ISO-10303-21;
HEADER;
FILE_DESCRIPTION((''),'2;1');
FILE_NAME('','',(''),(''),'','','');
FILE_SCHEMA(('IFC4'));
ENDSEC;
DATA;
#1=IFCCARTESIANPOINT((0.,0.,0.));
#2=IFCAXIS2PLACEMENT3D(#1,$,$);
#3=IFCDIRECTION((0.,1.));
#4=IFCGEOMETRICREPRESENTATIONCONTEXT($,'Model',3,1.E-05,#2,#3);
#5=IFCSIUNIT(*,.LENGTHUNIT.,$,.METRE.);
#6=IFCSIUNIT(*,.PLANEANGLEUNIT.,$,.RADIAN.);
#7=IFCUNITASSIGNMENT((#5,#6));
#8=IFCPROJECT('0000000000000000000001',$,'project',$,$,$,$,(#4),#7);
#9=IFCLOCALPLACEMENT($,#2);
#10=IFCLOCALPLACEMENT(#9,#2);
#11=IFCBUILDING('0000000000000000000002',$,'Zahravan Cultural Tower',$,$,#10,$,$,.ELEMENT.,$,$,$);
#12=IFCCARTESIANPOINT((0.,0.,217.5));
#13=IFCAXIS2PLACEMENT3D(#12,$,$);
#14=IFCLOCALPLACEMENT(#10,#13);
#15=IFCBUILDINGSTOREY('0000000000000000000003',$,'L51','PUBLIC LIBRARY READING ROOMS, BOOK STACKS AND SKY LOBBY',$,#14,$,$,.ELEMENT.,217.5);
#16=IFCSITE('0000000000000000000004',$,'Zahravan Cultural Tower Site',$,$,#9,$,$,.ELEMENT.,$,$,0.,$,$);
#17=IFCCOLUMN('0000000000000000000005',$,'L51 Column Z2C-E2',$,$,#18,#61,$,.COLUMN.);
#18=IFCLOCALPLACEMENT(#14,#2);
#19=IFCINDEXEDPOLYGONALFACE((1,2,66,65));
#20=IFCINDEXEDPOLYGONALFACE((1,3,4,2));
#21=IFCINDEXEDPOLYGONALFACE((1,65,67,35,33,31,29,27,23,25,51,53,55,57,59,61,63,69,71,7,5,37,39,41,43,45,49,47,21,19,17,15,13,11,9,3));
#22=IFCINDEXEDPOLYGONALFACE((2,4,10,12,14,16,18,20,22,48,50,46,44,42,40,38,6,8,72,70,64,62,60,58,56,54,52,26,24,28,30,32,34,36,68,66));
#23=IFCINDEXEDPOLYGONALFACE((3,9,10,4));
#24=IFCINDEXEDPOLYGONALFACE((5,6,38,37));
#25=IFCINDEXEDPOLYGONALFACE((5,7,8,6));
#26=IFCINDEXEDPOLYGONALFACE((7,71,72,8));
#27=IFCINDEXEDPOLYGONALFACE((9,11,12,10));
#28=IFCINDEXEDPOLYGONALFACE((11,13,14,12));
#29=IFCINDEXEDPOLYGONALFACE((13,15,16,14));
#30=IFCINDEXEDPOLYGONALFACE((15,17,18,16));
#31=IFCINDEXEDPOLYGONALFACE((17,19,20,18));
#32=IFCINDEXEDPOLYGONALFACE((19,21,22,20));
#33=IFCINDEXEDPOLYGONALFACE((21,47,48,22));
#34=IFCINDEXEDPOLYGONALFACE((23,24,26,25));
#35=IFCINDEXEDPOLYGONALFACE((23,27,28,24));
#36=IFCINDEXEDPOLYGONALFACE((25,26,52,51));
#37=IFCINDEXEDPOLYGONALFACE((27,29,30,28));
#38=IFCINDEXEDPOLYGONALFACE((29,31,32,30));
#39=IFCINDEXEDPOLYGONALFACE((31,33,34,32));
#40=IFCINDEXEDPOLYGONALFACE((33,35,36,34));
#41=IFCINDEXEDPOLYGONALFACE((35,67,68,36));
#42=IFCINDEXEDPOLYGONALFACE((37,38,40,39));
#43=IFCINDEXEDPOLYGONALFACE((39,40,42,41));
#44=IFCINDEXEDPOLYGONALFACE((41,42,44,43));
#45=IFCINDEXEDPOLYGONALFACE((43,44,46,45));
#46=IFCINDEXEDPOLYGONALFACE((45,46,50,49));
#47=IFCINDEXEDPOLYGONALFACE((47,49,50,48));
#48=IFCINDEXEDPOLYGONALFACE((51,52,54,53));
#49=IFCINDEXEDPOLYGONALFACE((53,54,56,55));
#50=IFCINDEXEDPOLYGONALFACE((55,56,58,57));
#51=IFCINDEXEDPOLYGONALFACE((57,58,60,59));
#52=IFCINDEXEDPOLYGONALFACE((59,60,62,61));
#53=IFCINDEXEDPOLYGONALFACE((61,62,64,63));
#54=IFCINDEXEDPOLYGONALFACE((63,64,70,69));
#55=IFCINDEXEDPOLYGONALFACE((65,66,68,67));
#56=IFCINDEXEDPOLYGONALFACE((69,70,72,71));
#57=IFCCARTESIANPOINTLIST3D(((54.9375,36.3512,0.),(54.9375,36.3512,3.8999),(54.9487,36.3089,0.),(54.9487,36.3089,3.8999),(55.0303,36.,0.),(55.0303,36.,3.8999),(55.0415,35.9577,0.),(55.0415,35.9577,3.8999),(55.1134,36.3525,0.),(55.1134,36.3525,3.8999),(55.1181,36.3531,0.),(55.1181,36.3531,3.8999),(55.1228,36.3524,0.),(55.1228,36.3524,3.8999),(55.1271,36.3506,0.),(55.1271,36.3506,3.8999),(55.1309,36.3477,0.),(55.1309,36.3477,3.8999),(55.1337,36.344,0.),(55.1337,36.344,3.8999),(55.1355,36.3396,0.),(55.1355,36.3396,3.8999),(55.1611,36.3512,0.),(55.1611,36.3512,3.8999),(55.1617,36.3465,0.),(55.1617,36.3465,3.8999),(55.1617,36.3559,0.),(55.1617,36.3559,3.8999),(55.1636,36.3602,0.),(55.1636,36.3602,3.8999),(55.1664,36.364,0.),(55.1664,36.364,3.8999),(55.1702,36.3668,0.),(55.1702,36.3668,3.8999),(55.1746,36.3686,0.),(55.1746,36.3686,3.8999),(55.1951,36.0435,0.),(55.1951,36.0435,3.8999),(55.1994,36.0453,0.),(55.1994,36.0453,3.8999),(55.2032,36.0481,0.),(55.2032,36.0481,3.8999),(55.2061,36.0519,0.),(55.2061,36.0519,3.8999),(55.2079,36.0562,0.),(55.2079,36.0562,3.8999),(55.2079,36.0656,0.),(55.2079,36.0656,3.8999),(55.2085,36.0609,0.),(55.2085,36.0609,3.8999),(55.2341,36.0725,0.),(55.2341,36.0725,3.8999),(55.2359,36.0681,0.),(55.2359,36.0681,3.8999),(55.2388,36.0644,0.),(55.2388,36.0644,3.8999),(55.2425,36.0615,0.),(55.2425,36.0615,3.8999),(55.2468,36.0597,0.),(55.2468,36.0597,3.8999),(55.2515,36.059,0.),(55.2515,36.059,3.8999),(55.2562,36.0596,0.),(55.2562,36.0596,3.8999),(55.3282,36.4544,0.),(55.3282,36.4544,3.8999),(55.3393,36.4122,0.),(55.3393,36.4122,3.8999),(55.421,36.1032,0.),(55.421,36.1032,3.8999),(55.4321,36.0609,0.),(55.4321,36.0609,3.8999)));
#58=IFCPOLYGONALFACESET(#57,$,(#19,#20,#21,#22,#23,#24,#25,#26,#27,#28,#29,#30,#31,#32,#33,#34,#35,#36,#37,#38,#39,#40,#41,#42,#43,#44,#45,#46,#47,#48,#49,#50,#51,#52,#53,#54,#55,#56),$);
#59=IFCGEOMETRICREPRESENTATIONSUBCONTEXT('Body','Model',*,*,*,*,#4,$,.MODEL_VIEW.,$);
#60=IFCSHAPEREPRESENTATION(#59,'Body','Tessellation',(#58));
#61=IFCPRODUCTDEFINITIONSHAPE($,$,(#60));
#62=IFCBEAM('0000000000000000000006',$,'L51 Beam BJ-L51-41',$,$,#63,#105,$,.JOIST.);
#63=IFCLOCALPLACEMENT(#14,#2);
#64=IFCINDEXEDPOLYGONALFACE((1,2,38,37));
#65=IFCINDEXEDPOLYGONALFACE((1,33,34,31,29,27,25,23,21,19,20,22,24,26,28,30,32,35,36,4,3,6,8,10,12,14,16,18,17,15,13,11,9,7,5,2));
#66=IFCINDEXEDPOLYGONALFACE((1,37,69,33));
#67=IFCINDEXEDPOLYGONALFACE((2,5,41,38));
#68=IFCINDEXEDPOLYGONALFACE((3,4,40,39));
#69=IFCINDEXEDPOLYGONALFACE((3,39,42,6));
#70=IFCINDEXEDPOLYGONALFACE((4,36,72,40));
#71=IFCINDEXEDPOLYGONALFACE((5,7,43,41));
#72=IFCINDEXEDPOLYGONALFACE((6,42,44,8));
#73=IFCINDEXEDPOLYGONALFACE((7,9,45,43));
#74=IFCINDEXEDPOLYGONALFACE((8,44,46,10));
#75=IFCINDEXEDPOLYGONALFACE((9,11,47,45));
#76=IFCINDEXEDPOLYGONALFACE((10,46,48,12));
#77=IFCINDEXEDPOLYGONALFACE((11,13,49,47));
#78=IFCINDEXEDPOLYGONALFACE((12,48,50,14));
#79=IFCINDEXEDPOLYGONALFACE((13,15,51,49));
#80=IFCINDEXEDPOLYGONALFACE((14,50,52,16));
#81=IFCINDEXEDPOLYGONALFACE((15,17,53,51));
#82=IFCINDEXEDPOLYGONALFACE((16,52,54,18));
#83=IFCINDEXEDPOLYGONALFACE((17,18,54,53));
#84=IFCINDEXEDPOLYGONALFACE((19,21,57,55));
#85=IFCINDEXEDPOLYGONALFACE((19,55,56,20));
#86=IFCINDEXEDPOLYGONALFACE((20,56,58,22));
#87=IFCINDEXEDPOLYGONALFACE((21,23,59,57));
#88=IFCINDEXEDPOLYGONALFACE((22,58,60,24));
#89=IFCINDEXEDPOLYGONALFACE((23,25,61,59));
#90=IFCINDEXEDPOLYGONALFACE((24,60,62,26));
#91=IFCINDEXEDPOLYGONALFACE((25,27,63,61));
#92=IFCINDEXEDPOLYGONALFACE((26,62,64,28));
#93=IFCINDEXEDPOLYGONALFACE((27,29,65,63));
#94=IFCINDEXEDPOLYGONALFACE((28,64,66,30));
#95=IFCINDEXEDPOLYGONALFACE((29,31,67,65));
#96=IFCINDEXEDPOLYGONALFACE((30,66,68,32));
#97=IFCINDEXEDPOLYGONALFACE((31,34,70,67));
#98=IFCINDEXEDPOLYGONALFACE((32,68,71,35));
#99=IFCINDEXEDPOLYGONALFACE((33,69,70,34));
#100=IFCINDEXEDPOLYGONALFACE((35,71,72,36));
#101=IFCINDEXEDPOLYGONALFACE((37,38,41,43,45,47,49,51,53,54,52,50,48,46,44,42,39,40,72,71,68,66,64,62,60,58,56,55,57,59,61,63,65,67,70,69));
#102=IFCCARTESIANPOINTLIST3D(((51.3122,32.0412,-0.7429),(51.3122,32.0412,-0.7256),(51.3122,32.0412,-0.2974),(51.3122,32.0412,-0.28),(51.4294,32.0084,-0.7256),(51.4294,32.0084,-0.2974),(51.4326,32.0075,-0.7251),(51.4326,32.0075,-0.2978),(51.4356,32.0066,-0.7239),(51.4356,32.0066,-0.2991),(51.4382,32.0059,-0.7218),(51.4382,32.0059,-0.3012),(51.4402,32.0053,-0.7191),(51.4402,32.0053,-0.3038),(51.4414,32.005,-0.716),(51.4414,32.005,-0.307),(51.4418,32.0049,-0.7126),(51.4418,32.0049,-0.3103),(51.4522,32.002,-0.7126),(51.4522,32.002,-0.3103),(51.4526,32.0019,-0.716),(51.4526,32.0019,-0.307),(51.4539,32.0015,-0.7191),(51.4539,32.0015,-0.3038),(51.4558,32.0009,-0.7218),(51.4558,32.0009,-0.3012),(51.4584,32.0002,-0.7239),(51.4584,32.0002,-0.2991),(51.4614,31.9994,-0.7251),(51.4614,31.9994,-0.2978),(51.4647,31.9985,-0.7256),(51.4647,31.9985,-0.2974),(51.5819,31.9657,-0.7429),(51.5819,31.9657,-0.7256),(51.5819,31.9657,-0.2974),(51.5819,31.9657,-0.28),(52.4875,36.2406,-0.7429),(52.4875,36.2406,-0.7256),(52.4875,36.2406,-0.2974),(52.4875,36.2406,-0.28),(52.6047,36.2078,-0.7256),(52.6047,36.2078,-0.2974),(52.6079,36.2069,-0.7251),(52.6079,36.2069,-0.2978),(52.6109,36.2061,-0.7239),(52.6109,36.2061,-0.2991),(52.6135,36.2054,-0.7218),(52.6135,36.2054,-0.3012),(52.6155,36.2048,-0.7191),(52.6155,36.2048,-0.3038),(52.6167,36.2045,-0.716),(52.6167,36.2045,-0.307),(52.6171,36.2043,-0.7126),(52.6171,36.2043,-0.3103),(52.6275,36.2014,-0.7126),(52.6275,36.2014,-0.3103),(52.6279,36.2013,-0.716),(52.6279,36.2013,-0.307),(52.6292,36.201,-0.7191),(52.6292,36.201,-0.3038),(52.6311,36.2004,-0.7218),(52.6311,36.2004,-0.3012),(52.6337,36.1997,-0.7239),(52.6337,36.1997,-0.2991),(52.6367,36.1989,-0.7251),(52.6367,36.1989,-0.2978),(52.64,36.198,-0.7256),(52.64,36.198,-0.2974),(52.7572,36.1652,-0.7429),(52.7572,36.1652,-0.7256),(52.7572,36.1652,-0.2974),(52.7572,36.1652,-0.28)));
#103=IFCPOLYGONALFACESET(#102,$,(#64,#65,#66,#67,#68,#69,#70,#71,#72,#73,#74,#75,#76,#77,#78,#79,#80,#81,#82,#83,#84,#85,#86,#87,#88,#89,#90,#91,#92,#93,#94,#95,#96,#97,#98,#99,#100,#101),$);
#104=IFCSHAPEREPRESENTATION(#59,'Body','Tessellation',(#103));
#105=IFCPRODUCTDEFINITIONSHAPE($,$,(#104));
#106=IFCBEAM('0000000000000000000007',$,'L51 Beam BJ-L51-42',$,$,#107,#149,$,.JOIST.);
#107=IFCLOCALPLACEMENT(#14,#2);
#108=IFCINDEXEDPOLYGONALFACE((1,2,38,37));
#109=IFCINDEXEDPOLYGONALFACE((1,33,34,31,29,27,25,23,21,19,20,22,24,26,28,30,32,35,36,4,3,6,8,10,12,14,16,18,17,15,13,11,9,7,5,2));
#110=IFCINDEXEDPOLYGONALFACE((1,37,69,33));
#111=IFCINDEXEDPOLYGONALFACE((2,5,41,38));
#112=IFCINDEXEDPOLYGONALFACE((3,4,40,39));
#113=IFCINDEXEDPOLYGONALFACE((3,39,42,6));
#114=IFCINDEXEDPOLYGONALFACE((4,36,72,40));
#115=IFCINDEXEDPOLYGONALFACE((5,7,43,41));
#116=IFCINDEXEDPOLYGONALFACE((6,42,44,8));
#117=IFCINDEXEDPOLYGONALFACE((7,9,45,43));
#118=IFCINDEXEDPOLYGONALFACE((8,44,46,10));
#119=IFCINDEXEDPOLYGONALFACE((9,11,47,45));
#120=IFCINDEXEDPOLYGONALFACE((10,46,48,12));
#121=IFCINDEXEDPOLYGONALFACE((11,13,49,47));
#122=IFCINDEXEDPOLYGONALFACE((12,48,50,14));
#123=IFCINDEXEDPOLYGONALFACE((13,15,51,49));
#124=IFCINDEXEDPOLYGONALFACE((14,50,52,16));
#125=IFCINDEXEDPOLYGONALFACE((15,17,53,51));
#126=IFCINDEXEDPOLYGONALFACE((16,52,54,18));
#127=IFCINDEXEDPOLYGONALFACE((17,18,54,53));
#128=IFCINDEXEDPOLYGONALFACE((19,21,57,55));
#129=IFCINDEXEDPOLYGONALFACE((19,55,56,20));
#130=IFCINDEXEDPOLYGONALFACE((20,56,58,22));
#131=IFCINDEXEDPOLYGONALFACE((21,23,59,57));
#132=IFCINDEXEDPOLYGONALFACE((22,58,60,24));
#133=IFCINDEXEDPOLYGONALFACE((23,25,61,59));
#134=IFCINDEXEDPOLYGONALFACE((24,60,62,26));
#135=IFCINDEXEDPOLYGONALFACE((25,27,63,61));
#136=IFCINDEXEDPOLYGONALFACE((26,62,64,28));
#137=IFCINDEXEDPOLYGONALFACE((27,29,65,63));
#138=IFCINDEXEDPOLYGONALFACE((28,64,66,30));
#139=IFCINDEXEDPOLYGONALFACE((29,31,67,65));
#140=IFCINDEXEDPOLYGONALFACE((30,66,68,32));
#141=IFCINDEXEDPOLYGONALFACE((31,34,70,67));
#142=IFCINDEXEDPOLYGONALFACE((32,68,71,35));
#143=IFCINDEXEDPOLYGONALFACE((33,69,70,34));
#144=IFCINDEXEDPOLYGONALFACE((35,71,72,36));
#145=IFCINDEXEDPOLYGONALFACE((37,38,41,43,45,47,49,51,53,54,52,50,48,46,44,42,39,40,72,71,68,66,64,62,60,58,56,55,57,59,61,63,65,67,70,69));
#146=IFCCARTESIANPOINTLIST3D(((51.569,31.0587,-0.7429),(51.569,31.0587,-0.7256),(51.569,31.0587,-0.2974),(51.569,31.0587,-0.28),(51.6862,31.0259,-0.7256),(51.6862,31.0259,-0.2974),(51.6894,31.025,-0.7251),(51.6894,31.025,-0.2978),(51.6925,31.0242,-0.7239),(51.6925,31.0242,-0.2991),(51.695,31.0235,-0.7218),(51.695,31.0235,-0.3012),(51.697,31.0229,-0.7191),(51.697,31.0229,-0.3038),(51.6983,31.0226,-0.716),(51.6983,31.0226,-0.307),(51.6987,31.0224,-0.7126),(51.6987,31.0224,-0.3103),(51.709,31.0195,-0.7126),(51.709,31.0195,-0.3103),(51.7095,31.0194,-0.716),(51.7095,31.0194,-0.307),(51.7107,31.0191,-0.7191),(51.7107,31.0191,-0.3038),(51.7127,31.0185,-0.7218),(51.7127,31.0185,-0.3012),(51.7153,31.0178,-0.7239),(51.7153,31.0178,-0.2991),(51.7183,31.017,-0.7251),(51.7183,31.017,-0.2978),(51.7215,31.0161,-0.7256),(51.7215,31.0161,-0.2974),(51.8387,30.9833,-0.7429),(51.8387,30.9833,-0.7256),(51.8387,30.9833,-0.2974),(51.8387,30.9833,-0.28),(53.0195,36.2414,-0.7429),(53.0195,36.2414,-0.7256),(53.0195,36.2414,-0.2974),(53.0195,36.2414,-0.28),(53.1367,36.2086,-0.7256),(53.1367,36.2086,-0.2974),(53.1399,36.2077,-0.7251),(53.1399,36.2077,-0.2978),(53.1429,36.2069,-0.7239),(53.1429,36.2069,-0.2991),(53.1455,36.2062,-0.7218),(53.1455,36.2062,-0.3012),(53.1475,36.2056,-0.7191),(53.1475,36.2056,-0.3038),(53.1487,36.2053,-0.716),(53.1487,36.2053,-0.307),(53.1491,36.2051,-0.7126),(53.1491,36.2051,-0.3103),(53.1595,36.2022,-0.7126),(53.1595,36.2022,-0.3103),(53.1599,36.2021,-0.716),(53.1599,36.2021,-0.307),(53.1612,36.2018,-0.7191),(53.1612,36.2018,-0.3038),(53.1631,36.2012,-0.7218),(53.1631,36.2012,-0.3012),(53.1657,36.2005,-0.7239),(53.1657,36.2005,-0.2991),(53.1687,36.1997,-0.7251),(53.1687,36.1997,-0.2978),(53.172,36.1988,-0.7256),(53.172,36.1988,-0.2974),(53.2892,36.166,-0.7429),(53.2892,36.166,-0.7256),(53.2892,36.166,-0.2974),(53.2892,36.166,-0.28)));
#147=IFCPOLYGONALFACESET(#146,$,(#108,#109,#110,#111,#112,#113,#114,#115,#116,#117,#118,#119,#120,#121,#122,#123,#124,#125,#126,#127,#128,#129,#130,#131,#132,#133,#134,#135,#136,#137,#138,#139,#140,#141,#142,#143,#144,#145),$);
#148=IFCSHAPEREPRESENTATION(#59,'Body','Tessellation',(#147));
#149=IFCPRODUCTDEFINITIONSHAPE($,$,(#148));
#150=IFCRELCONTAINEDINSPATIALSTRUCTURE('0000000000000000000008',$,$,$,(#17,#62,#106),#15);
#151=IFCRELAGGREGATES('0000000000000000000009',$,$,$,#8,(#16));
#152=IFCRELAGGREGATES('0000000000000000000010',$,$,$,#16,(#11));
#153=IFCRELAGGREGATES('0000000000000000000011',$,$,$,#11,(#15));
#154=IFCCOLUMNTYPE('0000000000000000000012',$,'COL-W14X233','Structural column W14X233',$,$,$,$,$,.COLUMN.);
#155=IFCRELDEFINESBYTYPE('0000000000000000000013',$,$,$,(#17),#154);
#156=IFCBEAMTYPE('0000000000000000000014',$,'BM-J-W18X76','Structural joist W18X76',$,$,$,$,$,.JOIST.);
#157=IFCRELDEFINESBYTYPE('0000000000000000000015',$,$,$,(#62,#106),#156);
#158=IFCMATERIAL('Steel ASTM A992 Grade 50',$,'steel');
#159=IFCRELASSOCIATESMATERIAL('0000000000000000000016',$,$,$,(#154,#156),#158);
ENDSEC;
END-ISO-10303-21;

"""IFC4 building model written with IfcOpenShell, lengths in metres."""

from ifc_helpers import new_model, si_unit, direction, frame, origin, origin_2d, place, context, subcontext, project, spatial, i_section, extrude, source, transform, mapped, material, material_profile, profile_set, type_object, element, save


model = new_model("IFC4")

# Units and contexts
model_context = context("Model", 3, precision=1e-05, world=origin(), true_north=direction((0.0, 1.0)))
body_context = subcontext(model_context, "Body", "Model", "MODEL_VIEW")
ifc_project = project(units=[si_unit("LENGTHUNIT", "METRE"), si_unit("PLANEANGLEUNIT", "RADIAN")], contexts=[model_context])

# Site, building, storey
site_placement = place(None, origin())
site = spatial("IfcSite", under=ifc_project, at=site_placement, Name="Zahravan Cultural Tower Site", CompositionType="ELEMENT", RefElevation=0.0)
building_placement = place(site_placement, origin())
building = spatial("IfcBuilding", under=site, at=building_placement, Name="Zahravan Cultural Tower", CompositionType="ELEMENT")
storey_placement = place(building_placement, frame((0.0, 0.0, 217.5)))
storey = spatial("IfcBuildingStorey", under=building, at=storey_placement, Name="L51", Description="PUBLIC LIBRARY READING ROOMS, BOOK STACKS AND SKY LOBBY", CompositionType="ELEMENT", Elevation=217.5)

# Column
ifc_material_1 = material(Name="Steel ASTM A992 Grade 50", Category="steel")
ifc_material_profile_1 = material_profile(ifc_material_1, i_section(OverallWidth=0.4041, OverallDepth=0.407, WebThickness=0.0271, FlangeThickness=0.0437, FilletRadius=0.0181, at=origin_2d()), Name="W14X233")
ifc_profile_set_1 = profile_set([ifc_material_profile_1], Name="Steel ASTM A992 Grade 50")
column_type = type_object("IfcColumnType", Name="COL-W14X233", Description="Structural column W14X233", PredefinedType="COLUMN", material=ifc_profile_set_1)
shared_shape_1 = source(origin(), body_context, "Body", "SweptSolid", [
    extrude(i_section(OverallWidth=0.4041, OverallDepth=0.407, WebThickness=0.0271, FlangeThickness=0.0437, FilletRadius=0.0181, at=origin_2d()), origin(), (0.0, 0.0, 1.0), 3.8999),
])
column_placement = place(storey_placement, frame((55.1848, 36.2061, 0.0), z_axis=(0.0, 0.0, 1.0), x_axis=(0.966823, 0.255446, 0.0)))
element("IfcColumn", 1, at=column_placement, inside=storey, type_object=column_type, Name="L51 Column Z2C-E2", PredefinedType="COLUMN", context=body_context, shape_type="MappedRepresentation", body=[
    mapped(shared_shape_1, transform((0.0, 0.0, 0.0), x_axis=(1.0, 0.0, 0.0), y_axis=(0.0, 1.0, 0.0), z_axis=(0.0, 0.0, 1.0), scale=1.0)),
])

# Beams
ifc_material_profile_2 = material_profile(ifc_material_1, i_section(OverallWidth=0.28, OverallDepth=0.4629, WebThickness=0.0107, FlangeThickness=0.0173, FilletRadius=0.0129, at=origin_2d()), Name="W18X76")
ifc_profile_set_2 = profile_set([ifc_material_profile_2], Name="Steel ASTM A992 Grade 50")
beam_type = type_object("IfcBeamType", Name="BM-J-W18X76", Description="Structural joist W18X76", PredefinedType="JOIST", material=ifc_profile_set_2)
shared_shape_2 = source(origin(), body_context, "Body", "SweptSolid", [
    extrude(i_section(OverallWidth=0.28, OverallDepth=0.4629, WebThickness=0.0107, FlangeThickness=0.0173, FilletRadius=0.0129, at=origin_2d()), origin(), (0.0, 0.0, 1.0), 4.3608),
])
beam_1_placement = place(storey_placement, frame((51.447, 32.0034, -0.5115), z_axis=(0.269512, 0.962997, 0.0), x_axis=(-0.962997, 0.269512, 0.0)))
element("IfcBeam", 2, at=beam_1_placement, inside=storey, type_object=beam_type, Name="L51 Beam BJ-L51-41", PredefinedType="JOIST", context=body_context, shape_type="MappedRepresentation", body=[
    mapped(shared_shape_2, transform((0.0, 0.0, 0.0), x_axis=(1.0, 0.0, 0.0), y_axis=(0.0, 1.0, 0.0), z_axis=(0.0, 0.0, 1.0), scale=1.0)),
])
shared_shape_3 = source(origin(), body_context, "Body", "SweptSolid", [
    extrude(i_section(OverallWidth=0.28, OverallDepth=0.4629, WebThickness=0.0107, FlangeThickness=0.0173, FilletRadius=0.0129, at=origin_2d()), origin(), (0.0, 0.0, 1.0), 5.3818),
])
beam_2_placement = place(storey_placement, frame((51.7039, 31.021, -0.5115), z_axis=(0.26951, 0.962997, 0.0), x_axis=(-0.962997, 0.26951, 0.0)))
element("IfcBeam", 3, at=beam_2_placement, inside=storey, type_object=beam_type, Name="L51 Beam BJ-L51-42", PredefinedType="JOIST", context=body_context, shape_type="MappedRepresentation", body=[
    mapped(shared_shape_3, transform((0.0, 0.0, 0.0), x_axis=(1.0, 0.0, 0.0), y_axis=(0.0, 1.0, 0.0), z_axis=(0.0, 0.0, 1.0), scale=1.0)),
])

save(model, "model.ifc")
